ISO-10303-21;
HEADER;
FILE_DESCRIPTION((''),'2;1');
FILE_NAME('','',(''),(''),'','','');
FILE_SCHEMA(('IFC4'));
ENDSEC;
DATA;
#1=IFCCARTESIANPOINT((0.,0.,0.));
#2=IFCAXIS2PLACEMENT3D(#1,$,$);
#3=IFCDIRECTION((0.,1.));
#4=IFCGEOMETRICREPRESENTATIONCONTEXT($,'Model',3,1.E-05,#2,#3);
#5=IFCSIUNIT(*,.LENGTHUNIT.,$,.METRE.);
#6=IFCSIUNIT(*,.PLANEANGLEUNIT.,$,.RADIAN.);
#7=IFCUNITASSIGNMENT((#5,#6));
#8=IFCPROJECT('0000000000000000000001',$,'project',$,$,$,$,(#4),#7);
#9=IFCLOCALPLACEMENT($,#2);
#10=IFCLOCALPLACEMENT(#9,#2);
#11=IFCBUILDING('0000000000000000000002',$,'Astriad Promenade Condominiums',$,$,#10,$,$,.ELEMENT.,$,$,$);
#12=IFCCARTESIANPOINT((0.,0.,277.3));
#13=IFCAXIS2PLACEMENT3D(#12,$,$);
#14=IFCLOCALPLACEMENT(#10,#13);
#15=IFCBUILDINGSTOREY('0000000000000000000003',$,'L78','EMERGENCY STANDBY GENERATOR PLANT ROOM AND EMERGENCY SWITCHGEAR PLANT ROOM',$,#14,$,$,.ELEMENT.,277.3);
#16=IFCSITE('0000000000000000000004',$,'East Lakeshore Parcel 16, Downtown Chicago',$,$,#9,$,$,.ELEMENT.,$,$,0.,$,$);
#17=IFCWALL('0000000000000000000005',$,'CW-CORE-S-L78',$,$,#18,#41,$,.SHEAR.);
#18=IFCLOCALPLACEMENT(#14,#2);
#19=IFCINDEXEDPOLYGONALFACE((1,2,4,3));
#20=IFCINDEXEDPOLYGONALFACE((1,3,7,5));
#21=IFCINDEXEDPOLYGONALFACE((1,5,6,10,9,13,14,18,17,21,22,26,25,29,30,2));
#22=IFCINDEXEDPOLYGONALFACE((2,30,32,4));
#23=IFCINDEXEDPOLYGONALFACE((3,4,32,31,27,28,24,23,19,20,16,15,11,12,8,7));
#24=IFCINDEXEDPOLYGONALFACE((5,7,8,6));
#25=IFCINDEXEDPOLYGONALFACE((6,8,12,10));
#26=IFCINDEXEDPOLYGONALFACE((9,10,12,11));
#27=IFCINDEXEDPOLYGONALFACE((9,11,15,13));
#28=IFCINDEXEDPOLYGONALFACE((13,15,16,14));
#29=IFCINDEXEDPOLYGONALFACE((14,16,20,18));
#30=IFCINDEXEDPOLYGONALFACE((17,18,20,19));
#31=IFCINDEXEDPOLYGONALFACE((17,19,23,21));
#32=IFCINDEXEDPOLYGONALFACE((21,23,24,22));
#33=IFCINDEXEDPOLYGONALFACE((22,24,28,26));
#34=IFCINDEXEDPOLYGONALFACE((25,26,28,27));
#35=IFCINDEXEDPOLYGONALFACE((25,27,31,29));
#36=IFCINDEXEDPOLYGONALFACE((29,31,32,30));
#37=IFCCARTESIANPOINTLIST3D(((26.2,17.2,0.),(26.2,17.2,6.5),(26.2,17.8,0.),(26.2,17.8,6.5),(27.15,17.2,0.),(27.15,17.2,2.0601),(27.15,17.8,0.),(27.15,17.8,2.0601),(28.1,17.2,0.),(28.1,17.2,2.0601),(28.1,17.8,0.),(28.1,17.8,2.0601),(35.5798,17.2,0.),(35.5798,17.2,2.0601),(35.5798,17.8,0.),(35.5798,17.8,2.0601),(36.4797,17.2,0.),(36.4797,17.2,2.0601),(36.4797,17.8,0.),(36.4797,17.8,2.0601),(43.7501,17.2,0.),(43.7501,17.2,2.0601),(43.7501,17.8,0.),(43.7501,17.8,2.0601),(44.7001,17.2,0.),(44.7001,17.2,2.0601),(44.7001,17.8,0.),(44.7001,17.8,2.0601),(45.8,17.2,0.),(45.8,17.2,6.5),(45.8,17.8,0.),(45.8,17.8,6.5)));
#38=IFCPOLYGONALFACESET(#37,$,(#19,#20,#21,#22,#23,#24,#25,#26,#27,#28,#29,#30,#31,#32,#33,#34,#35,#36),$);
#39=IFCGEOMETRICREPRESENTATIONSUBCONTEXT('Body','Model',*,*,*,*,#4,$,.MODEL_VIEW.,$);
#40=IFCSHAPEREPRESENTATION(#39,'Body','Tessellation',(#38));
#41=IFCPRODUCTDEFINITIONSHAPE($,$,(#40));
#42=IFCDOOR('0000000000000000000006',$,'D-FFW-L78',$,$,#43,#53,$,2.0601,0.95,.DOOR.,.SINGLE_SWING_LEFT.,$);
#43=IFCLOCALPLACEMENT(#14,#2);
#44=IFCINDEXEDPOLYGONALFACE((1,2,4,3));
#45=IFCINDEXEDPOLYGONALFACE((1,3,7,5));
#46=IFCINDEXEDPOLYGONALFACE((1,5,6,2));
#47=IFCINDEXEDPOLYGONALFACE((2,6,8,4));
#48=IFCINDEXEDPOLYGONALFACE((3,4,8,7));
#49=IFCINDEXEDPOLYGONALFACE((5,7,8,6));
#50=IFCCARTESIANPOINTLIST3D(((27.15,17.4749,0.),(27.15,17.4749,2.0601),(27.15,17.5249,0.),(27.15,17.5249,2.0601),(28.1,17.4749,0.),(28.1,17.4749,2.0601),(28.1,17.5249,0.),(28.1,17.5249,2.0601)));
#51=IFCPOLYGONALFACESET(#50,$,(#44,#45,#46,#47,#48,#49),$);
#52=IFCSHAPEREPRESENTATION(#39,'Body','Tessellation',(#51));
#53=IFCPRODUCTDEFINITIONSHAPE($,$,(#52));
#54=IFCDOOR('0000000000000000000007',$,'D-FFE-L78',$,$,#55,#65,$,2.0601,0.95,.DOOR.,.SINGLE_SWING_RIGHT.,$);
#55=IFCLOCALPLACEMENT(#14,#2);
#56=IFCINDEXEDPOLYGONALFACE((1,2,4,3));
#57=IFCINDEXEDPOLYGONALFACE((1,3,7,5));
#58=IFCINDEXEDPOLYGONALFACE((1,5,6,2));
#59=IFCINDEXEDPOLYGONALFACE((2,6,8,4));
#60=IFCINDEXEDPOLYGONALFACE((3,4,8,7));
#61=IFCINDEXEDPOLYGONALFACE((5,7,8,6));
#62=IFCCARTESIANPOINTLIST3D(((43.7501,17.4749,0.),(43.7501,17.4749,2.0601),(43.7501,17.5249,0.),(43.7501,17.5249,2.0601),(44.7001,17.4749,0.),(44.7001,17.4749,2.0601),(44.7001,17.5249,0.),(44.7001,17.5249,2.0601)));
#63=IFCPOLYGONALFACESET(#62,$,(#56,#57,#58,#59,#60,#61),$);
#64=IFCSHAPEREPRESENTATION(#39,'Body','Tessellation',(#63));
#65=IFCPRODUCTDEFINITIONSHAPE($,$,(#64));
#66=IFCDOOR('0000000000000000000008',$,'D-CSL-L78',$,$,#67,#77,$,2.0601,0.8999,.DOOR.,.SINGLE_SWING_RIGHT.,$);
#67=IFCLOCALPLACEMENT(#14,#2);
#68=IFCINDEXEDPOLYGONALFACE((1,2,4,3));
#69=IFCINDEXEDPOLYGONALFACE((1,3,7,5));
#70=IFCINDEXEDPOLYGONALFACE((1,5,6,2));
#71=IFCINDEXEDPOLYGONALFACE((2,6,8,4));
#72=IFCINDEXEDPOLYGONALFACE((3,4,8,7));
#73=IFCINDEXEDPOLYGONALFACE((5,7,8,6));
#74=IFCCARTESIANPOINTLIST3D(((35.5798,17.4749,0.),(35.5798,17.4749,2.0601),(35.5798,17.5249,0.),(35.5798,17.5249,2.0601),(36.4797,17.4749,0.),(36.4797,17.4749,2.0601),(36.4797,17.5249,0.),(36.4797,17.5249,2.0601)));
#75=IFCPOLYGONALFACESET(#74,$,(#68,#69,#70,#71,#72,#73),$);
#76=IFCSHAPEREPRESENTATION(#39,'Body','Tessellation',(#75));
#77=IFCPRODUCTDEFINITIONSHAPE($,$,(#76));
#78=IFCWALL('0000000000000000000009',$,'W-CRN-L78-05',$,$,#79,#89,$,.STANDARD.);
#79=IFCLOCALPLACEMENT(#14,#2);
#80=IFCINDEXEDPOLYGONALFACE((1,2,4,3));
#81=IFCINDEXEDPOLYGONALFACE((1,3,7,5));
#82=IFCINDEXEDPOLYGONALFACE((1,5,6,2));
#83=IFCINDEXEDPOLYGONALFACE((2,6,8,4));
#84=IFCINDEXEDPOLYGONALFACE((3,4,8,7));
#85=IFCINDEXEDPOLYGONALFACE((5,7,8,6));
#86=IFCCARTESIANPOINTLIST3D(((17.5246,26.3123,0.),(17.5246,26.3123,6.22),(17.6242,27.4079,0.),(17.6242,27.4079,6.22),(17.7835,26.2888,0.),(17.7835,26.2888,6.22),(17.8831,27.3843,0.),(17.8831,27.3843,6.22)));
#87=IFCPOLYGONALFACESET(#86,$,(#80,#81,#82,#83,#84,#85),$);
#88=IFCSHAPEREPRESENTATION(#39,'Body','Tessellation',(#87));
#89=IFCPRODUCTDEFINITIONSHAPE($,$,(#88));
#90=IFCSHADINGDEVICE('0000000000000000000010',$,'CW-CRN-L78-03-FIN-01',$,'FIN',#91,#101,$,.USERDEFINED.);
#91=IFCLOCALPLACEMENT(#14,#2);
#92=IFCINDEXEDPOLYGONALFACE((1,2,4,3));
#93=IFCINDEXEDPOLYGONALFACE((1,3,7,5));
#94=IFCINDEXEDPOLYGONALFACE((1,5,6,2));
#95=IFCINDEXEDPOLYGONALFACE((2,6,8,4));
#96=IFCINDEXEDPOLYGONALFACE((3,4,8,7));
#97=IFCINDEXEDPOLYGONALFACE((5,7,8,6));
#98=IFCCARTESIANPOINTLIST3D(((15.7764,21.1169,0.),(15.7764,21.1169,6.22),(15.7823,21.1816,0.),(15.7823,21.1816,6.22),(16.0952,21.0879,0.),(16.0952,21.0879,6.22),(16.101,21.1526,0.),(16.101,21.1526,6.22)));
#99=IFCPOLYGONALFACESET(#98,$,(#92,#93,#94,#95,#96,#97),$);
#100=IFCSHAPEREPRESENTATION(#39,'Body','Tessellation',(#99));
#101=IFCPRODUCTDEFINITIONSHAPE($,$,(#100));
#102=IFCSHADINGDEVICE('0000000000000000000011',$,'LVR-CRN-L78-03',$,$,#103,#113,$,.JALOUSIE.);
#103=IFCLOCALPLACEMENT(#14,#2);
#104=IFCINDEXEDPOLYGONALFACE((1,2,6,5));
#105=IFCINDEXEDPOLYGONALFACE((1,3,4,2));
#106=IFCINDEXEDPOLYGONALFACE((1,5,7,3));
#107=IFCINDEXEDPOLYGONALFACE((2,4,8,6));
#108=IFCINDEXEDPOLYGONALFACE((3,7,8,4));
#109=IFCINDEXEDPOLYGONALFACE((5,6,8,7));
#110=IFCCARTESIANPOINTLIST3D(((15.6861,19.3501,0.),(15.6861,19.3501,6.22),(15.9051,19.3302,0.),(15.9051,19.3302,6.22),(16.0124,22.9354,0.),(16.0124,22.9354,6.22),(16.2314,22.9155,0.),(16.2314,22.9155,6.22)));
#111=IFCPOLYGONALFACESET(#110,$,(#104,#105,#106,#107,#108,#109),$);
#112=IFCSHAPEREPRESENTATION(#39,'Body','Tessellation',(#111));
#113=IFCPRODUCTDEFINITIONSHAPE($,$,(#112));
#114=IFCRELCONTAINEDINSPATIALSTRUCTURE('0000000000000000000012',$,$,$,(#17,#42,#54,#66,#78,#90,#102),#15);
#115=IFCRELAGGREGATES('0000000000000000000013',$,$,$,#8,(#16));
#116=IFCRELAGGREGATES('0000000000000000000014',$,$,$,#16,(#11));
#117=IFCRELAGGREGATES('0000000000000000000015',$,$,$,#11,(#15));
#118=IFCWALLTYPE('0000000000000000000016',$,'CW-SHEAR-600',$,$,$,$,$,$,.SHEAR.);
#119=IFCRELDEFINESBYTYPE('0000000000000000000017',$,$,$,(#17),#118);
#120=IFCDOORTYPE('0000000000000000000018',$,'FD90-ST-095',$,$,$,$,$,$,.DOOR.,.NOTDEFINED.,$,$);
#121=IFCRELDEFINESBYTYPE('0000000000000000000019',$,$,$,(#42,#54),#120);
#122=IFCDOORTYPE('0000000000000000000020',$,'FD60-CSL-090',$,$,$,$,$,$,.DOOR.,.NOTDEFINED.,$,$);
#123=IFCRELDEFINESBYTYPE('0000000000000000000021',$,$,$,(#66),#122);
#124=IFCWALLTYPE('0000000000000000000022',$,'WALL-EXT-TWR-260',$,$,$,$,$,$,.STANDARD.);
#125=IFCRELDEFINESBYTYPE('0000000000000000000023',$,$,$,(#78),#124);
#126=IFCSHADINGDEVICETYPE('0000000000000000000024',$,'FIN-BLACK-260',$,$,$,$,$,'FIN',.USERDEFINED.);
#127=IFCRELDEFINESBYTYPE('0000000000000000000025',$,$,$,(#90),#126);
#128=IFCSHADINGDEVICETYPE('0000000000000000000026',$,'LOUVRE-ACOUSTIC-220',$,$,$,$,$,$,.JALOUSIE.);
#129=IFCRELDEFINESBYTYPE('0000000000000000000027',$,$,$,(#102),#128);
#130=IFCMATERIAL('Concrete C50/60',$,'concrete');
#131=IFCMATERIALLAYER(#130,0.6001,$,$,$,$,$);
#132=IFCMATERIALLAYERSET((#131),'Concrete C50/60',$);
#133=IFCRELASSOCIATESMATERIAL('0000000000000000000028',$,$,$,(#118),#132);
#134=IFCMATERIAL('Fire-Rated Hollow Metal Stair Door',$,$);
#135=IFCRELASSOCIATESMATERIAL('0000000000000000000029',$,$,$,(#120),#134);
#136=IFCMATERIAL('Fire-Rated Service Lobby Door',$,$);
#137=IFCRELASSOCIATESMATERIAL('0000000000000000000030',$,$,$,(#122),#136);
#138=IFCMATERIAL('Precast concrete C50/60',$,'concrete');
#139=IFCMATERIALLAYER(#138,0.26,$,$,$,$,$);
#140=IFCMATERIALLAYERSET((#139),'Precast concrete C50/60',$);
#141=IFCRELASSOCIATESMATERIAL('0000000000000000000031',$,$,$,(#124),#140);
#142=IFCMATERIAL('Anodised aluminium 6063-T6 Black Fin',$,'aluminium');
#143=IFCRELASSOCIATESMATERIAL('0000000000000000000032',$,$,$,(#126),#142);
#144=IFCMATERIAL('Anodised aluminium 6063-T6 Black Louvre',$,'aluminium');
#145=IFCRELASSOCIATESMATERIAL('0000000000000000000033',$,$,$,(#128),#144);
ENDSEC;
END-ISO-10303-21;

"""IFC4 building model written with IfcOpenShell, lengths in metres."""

from ifc_helpers import new_model, si_unit, direction, frame, frame_2d, origin, origin_2d, place, context, subcontext, project, spatial, rectangle, extrude, source, transform, mapped, material, layer, layer_set, type_object, type_shapes, element, fill, save


model = new_model("IFC4")

# Units and contexts
model_context = context("Model", 3, precision=1e-05, world=origin(), true_north=direction((0.0, 1.0)))
body_context = subcontext(model_context, "Body", "Model", "MODEL_VIEW")
ifc_project = project(units=[si_unit("LENGTHUNIT", "METRE"), si_unit("PLANEANGLEUNIT", "RADIAN")], contexts=[model_context])

# Site, building, storey
site_placement = place(None, origin())
site = spatial("IfcSite", under=ifc_project, at=site_placement, Name="East Lakeshore Parcel 16, Downtown Chicago", CompositionType="ELEMENT", RefElevation=0.0)
building_placement = place(site_placement, origin())
building = spatial("IfcBuilding", under=site, at=building_placement, Name="Astriad Promenade Condominiums", CompositionType="ELEMENT")
storey_placement = place(building_placement, frame((0.0, 0.0, 277.3)))
storey = spatial("IfcBuildingStorey", under=building, at=storey_placement, Name="L78", Description="EMERGENCY STANDBY GENERATOR PLANT ROOM AND EMERGENCY SWITCHGEAR PLANT ROOM", CompositionType="ELEMENT", Elevation=277.3)

# Wall, openings, doors
ifc_material_1 = material(Name="Concrete C50/60", Category="concrete")
ifc_layer_1 = layer(ifc_material_1, 0.6001)
ifc_layer_set_1 = layer_set([ifc_layer_1], Name="Concrete C50/60")
wall_type_1 = type_object("IfcWallType", Name="CW-SHEAR-600", PredefinedType="SHEAR", material=ifc_layer_set_1)
wall_1_placement = place(storey_placement, frame((26.2, 17.5, 0.0), z_axis=(0.0, 0.0, 1.0), x_axis=(1.0, 0.0, 0.0)))
wall_1 = element("IfcWall", 1, at=wall_1_placement, inside=storey, type_object=wall_type_1, Name="CW-CORE-S-L78", PredefinedType="SHEAR", context=body_context, shape_type="SweptSolid", body=[
    extrude(rectangle(XDim=19.6001, YDim=0.6001, at=frame_2d((9.8, 0.0))), origin(), (0.0, 0.0, 1.0), 6.5),
])
opening_1_placement = place(wall_1_placement, frame((0.95, 0.0, 0.0)))
opening_1 = element("IfcOpeningElement", 2, at=opening_1_placement, cuts=wall_1, PredefinedType="OPENING", context=body_context, shape_type="SweptSolid", body=[
    extrude(rectangle(XDim=0.95, YDim=2.0601, at=frame_2d((0.4751, 1.03))), frame((0.0, 0.3101, 0.0), z_axis=(0.0, -1.0, 0.0), x_axis=(1.0, 0.0, 0.0)), (0.0, 0.0, 1.0), 0.6201),
])
opening_2_placement = place(wall_1_placement, frame((9.3799, 0.0, 0.0)))
opening_2 = element("IfcOpeningElement", 3, at=opening_2_placement, cuts=wall_1, PredefinedType="OPENING", context=body_context, shape_type="SweptSolid", body=[
    extrude(rectangle(XDim=0.8999, YDim=2.0601, at=frame_2d((0.45, 1.03))), frame((0.0, 0.3101, 0.0), z_axis=(0.0, -1.0, 0.0), x_axis=(1.0, 0.0, 0.0)), (0.0, 0.0, 1.0), 0.6201),
])
opening_3_placement = place(wall_1_placement, frame((17.55, 0.0, 0.0)))
opening_3 = element("IfcOpeningElement", 4, at=opening_3_placement, cuts=wall_1, PredefinedType="OPENING", context=body_context, shape_type="SweptSolid", body=[
    extrude(rectangle(XDim=0.95, YDim=2.0601, at=frame_2d((0.4751, 1.03))), frame((0.0, 0.3101, 0.0), z_axis=(0.0, -1.0, 0.0), x_axis=(1.0, 0.0, 0.0)), (0.0, 0.0, 1.0), 0.6201),
])
ifc_material_2 = material(Name="Fire-Rated Hollow Metal Stair Door")
door_type_1 = type_object("IfcDoorType", Name="FD90-ST-095", OperationType="NOTDEFINED", PredefinedType="DOOR", material=ifc_material_2)
shared_shape_1 = source(origin(), body_context, "Body", "SweptSolid", [
    extrude(rectangle(XDim=0.95, YDim=2.0601, at=frame_2d((0.4751, 1.03))), frame((0.0, 0.0249, 0.0), z_axis=(0.0, -1.0, 0.0), x_axis=(1.0, 0.0, 0.0)), (0.0, 0.0, 1.0), 0.05),
])
type_shapes(door_type_1, [shared_shape_1])
door_1_placement = place(opening_1_placement, origin())
door_1 = element("IfcDoor", 5, at=door_1_placement, inside=storey, type_object=door_type_1, Name="D-FFW-L78", OperationType="SINGLE_SWING_LEFT", OverallHeight=2.0601, OverallWidth=0.95, PredefinedType="DOOR", context=body_context, shape_type="MappedRepresentation", body=[
    mapped(shared_shape_1, transform((0.0, 0.0, 0.0), scale=1.0)),
])
fill(opening_1, door_1)
door_2_placement = place(opening_3_placement, origin())
door_2 = element("IfcDoor", 6, at=door_2_placement, inside=storey, type_object=door_type_1, Name="D-FFE-L78", OperationType="SINGLE_SWING_RIGHT", OverallHeight=2.0601, OverallWidth=0.95, PredefinedType="DOOR", context=body_context, shape_type="MappedRepresentation", body=[
    mapped(shared_shape_1, transform((0.0, 0.0, 0.0), scale=1.0)),
])
fill(opening_3, door_2)
ifc_material_3 = material(Name="Fire-Rated Service Lobby Door")
door_type_2 = type_object("IfcDoorType", Name="FD60-CSL-090", OperationType="NOTDEFINED", PredefinedType="DOOR", material=ifc_material_3)
shared_shape_2 = source(origin(), body_context, "Body", "SweptSolid", [
    extrude(rectangle(XDim=0.8999, YDim=2.0601, at=frame_2d((0.45, 1.03))), frame((0.0, 0.0249, 0.0), z_axis=(0.0, -1.0, 0.0), x_axis=(1.0, 0.0, 0.0)), (0.0, 0.0, 1.0), 0.05),
])
type_shapes(door_type_2, [shared_shape_2])
door_3_placement = place(opening_2_placement, origin())
door_3 = element("IfcDoor", 7, at=door_3_placement, inside=storey, type_object=door_type_2, Name="D-CSL-L78", OperationType="SINGLE_SWING_RIGHT", OverallHeight=2.0601, OverallWidth=0.8999, PredefinedType="DOOR", context=body_context, shape_type="MappedRepresentation", body=[
    mapped(shared_shape_2, transform((0.0, 0.0, 0.0), scale=1.0)),
])
fill(opening_2, door_3)

# Wall
ifc_material_4 = material(Name="Precast concrete C50/60", Category="concrete")
ifc_layer_2 = layer(ifc_material_4, 0.26)
ifc_layer_set_2 = layer_set([ifc_layer_2], Name="Precast concrete C50/60")
wall_type_2 = type_object("IfcWallType", Name="WALL-EXT-TWR-260", PredefinedType="STANDARD", material=ifc_layer_set_2)
wall_2_placement = place(storey_placement, frame((17.6541, 26.3005, 0.0), z_axis=(0.0, 0.0, 1.0), x_axis=(0.090556, 0.995891, 0.0)))
element("IfcWall", 8, at=wall_2_placement, inside=storey, type_object=wall_type_2, Name="W-CRN-L78-05", PredefinedType="STANDARD", context=body_context, shape_type="SweptSolid", body=[
    extrude(rectangle(XDim=1.1001, YDim=0.26, at=frame_2d((0.55, 0.0))), origin(), (0.0, 0.0, 1.0), 6.22),
])

# Shading devices
ifc_material_5 = material(Name="Anodised aluminium 6063-T6 Black Fin", Category="aluminium")
shading_device_type_1 = type_object("IfcShadingDeviceType", Name="FIN-BLACK-260", ElementType="FIN", PredefinedType="USERDEFINED", material=ifc_material_5)
shared_shape_3 = source(origin(), body_context, "Body", "SweptSolid", [
    extrude(rectangle(XDim=0.0649, YDim=0.3201, at=origin_2d()), origin(), (0.0, 0.0, 1.0), 6.22),
])
type_shapes(shading_device_type_1, [shared_shape_3])
shading_device_1_placement = place(storey_placement, frame((15.9387, 21.1348, 0.0), z_axis=(0.0, 0.0, 1.0), x_axis=(0.090633, 0.995884, 0.0)))
element("IfcShadingDevice", 9, at=shading_device_1_placement, inside=storey, type_object=shading_device_type_1, Name="CW-CRN-L78-03-FIN-01", ObjectType="FIN", PredefinedType="USERDEFINED", context=body_context, shape_type="MappedRepresentation", body=[
    mapped(shared_shape_3, transform((0.0, 0.0, 0.0), scale=1.0)),
])
ifc_material_6 = material(Name="Anodised aluminium 6063-T6 Black Louvre", Category="aluminium")
shading_device_type_2 = type_object("IfcShadingDeviceType", Name="LOUVRE-ACOUSTIC-220", PredefinedType="JALOUSIE", material=ifc_material_6)
shared_shape_4 = source(origin(), body_context, "Body", "SweptSolid", [
    extrude(rectangle(XDim=3.6001, YDim=0.22, at=origin_2d()), origin(), (0.0, 0.0, 1.0), 6.22),
])
type_shapes(shading_device_type_2, [shared_shape_4])
shading_device_2_placement = place(storey_placement, frame((15.9587, 21.1328, 0.0), z_axis=(0.0, 0.0, 1.0), x_axis=(0.090633, 0.995884, 0.0)))
element("IfcShadingDevice", 10, at=shading_device_2_placement, inside=storey, type_object=shading_device_type_2, Name="LVR-CRN-L78-03", PredefinedType="JALOUSIE", context=body_context, shape_type="MappedRepresentation", body=[
    mapped(shared_shape_4, transform((0.0, 0.0, 0.0), scale=1.0)),
])

save(model, "model.ifc")
